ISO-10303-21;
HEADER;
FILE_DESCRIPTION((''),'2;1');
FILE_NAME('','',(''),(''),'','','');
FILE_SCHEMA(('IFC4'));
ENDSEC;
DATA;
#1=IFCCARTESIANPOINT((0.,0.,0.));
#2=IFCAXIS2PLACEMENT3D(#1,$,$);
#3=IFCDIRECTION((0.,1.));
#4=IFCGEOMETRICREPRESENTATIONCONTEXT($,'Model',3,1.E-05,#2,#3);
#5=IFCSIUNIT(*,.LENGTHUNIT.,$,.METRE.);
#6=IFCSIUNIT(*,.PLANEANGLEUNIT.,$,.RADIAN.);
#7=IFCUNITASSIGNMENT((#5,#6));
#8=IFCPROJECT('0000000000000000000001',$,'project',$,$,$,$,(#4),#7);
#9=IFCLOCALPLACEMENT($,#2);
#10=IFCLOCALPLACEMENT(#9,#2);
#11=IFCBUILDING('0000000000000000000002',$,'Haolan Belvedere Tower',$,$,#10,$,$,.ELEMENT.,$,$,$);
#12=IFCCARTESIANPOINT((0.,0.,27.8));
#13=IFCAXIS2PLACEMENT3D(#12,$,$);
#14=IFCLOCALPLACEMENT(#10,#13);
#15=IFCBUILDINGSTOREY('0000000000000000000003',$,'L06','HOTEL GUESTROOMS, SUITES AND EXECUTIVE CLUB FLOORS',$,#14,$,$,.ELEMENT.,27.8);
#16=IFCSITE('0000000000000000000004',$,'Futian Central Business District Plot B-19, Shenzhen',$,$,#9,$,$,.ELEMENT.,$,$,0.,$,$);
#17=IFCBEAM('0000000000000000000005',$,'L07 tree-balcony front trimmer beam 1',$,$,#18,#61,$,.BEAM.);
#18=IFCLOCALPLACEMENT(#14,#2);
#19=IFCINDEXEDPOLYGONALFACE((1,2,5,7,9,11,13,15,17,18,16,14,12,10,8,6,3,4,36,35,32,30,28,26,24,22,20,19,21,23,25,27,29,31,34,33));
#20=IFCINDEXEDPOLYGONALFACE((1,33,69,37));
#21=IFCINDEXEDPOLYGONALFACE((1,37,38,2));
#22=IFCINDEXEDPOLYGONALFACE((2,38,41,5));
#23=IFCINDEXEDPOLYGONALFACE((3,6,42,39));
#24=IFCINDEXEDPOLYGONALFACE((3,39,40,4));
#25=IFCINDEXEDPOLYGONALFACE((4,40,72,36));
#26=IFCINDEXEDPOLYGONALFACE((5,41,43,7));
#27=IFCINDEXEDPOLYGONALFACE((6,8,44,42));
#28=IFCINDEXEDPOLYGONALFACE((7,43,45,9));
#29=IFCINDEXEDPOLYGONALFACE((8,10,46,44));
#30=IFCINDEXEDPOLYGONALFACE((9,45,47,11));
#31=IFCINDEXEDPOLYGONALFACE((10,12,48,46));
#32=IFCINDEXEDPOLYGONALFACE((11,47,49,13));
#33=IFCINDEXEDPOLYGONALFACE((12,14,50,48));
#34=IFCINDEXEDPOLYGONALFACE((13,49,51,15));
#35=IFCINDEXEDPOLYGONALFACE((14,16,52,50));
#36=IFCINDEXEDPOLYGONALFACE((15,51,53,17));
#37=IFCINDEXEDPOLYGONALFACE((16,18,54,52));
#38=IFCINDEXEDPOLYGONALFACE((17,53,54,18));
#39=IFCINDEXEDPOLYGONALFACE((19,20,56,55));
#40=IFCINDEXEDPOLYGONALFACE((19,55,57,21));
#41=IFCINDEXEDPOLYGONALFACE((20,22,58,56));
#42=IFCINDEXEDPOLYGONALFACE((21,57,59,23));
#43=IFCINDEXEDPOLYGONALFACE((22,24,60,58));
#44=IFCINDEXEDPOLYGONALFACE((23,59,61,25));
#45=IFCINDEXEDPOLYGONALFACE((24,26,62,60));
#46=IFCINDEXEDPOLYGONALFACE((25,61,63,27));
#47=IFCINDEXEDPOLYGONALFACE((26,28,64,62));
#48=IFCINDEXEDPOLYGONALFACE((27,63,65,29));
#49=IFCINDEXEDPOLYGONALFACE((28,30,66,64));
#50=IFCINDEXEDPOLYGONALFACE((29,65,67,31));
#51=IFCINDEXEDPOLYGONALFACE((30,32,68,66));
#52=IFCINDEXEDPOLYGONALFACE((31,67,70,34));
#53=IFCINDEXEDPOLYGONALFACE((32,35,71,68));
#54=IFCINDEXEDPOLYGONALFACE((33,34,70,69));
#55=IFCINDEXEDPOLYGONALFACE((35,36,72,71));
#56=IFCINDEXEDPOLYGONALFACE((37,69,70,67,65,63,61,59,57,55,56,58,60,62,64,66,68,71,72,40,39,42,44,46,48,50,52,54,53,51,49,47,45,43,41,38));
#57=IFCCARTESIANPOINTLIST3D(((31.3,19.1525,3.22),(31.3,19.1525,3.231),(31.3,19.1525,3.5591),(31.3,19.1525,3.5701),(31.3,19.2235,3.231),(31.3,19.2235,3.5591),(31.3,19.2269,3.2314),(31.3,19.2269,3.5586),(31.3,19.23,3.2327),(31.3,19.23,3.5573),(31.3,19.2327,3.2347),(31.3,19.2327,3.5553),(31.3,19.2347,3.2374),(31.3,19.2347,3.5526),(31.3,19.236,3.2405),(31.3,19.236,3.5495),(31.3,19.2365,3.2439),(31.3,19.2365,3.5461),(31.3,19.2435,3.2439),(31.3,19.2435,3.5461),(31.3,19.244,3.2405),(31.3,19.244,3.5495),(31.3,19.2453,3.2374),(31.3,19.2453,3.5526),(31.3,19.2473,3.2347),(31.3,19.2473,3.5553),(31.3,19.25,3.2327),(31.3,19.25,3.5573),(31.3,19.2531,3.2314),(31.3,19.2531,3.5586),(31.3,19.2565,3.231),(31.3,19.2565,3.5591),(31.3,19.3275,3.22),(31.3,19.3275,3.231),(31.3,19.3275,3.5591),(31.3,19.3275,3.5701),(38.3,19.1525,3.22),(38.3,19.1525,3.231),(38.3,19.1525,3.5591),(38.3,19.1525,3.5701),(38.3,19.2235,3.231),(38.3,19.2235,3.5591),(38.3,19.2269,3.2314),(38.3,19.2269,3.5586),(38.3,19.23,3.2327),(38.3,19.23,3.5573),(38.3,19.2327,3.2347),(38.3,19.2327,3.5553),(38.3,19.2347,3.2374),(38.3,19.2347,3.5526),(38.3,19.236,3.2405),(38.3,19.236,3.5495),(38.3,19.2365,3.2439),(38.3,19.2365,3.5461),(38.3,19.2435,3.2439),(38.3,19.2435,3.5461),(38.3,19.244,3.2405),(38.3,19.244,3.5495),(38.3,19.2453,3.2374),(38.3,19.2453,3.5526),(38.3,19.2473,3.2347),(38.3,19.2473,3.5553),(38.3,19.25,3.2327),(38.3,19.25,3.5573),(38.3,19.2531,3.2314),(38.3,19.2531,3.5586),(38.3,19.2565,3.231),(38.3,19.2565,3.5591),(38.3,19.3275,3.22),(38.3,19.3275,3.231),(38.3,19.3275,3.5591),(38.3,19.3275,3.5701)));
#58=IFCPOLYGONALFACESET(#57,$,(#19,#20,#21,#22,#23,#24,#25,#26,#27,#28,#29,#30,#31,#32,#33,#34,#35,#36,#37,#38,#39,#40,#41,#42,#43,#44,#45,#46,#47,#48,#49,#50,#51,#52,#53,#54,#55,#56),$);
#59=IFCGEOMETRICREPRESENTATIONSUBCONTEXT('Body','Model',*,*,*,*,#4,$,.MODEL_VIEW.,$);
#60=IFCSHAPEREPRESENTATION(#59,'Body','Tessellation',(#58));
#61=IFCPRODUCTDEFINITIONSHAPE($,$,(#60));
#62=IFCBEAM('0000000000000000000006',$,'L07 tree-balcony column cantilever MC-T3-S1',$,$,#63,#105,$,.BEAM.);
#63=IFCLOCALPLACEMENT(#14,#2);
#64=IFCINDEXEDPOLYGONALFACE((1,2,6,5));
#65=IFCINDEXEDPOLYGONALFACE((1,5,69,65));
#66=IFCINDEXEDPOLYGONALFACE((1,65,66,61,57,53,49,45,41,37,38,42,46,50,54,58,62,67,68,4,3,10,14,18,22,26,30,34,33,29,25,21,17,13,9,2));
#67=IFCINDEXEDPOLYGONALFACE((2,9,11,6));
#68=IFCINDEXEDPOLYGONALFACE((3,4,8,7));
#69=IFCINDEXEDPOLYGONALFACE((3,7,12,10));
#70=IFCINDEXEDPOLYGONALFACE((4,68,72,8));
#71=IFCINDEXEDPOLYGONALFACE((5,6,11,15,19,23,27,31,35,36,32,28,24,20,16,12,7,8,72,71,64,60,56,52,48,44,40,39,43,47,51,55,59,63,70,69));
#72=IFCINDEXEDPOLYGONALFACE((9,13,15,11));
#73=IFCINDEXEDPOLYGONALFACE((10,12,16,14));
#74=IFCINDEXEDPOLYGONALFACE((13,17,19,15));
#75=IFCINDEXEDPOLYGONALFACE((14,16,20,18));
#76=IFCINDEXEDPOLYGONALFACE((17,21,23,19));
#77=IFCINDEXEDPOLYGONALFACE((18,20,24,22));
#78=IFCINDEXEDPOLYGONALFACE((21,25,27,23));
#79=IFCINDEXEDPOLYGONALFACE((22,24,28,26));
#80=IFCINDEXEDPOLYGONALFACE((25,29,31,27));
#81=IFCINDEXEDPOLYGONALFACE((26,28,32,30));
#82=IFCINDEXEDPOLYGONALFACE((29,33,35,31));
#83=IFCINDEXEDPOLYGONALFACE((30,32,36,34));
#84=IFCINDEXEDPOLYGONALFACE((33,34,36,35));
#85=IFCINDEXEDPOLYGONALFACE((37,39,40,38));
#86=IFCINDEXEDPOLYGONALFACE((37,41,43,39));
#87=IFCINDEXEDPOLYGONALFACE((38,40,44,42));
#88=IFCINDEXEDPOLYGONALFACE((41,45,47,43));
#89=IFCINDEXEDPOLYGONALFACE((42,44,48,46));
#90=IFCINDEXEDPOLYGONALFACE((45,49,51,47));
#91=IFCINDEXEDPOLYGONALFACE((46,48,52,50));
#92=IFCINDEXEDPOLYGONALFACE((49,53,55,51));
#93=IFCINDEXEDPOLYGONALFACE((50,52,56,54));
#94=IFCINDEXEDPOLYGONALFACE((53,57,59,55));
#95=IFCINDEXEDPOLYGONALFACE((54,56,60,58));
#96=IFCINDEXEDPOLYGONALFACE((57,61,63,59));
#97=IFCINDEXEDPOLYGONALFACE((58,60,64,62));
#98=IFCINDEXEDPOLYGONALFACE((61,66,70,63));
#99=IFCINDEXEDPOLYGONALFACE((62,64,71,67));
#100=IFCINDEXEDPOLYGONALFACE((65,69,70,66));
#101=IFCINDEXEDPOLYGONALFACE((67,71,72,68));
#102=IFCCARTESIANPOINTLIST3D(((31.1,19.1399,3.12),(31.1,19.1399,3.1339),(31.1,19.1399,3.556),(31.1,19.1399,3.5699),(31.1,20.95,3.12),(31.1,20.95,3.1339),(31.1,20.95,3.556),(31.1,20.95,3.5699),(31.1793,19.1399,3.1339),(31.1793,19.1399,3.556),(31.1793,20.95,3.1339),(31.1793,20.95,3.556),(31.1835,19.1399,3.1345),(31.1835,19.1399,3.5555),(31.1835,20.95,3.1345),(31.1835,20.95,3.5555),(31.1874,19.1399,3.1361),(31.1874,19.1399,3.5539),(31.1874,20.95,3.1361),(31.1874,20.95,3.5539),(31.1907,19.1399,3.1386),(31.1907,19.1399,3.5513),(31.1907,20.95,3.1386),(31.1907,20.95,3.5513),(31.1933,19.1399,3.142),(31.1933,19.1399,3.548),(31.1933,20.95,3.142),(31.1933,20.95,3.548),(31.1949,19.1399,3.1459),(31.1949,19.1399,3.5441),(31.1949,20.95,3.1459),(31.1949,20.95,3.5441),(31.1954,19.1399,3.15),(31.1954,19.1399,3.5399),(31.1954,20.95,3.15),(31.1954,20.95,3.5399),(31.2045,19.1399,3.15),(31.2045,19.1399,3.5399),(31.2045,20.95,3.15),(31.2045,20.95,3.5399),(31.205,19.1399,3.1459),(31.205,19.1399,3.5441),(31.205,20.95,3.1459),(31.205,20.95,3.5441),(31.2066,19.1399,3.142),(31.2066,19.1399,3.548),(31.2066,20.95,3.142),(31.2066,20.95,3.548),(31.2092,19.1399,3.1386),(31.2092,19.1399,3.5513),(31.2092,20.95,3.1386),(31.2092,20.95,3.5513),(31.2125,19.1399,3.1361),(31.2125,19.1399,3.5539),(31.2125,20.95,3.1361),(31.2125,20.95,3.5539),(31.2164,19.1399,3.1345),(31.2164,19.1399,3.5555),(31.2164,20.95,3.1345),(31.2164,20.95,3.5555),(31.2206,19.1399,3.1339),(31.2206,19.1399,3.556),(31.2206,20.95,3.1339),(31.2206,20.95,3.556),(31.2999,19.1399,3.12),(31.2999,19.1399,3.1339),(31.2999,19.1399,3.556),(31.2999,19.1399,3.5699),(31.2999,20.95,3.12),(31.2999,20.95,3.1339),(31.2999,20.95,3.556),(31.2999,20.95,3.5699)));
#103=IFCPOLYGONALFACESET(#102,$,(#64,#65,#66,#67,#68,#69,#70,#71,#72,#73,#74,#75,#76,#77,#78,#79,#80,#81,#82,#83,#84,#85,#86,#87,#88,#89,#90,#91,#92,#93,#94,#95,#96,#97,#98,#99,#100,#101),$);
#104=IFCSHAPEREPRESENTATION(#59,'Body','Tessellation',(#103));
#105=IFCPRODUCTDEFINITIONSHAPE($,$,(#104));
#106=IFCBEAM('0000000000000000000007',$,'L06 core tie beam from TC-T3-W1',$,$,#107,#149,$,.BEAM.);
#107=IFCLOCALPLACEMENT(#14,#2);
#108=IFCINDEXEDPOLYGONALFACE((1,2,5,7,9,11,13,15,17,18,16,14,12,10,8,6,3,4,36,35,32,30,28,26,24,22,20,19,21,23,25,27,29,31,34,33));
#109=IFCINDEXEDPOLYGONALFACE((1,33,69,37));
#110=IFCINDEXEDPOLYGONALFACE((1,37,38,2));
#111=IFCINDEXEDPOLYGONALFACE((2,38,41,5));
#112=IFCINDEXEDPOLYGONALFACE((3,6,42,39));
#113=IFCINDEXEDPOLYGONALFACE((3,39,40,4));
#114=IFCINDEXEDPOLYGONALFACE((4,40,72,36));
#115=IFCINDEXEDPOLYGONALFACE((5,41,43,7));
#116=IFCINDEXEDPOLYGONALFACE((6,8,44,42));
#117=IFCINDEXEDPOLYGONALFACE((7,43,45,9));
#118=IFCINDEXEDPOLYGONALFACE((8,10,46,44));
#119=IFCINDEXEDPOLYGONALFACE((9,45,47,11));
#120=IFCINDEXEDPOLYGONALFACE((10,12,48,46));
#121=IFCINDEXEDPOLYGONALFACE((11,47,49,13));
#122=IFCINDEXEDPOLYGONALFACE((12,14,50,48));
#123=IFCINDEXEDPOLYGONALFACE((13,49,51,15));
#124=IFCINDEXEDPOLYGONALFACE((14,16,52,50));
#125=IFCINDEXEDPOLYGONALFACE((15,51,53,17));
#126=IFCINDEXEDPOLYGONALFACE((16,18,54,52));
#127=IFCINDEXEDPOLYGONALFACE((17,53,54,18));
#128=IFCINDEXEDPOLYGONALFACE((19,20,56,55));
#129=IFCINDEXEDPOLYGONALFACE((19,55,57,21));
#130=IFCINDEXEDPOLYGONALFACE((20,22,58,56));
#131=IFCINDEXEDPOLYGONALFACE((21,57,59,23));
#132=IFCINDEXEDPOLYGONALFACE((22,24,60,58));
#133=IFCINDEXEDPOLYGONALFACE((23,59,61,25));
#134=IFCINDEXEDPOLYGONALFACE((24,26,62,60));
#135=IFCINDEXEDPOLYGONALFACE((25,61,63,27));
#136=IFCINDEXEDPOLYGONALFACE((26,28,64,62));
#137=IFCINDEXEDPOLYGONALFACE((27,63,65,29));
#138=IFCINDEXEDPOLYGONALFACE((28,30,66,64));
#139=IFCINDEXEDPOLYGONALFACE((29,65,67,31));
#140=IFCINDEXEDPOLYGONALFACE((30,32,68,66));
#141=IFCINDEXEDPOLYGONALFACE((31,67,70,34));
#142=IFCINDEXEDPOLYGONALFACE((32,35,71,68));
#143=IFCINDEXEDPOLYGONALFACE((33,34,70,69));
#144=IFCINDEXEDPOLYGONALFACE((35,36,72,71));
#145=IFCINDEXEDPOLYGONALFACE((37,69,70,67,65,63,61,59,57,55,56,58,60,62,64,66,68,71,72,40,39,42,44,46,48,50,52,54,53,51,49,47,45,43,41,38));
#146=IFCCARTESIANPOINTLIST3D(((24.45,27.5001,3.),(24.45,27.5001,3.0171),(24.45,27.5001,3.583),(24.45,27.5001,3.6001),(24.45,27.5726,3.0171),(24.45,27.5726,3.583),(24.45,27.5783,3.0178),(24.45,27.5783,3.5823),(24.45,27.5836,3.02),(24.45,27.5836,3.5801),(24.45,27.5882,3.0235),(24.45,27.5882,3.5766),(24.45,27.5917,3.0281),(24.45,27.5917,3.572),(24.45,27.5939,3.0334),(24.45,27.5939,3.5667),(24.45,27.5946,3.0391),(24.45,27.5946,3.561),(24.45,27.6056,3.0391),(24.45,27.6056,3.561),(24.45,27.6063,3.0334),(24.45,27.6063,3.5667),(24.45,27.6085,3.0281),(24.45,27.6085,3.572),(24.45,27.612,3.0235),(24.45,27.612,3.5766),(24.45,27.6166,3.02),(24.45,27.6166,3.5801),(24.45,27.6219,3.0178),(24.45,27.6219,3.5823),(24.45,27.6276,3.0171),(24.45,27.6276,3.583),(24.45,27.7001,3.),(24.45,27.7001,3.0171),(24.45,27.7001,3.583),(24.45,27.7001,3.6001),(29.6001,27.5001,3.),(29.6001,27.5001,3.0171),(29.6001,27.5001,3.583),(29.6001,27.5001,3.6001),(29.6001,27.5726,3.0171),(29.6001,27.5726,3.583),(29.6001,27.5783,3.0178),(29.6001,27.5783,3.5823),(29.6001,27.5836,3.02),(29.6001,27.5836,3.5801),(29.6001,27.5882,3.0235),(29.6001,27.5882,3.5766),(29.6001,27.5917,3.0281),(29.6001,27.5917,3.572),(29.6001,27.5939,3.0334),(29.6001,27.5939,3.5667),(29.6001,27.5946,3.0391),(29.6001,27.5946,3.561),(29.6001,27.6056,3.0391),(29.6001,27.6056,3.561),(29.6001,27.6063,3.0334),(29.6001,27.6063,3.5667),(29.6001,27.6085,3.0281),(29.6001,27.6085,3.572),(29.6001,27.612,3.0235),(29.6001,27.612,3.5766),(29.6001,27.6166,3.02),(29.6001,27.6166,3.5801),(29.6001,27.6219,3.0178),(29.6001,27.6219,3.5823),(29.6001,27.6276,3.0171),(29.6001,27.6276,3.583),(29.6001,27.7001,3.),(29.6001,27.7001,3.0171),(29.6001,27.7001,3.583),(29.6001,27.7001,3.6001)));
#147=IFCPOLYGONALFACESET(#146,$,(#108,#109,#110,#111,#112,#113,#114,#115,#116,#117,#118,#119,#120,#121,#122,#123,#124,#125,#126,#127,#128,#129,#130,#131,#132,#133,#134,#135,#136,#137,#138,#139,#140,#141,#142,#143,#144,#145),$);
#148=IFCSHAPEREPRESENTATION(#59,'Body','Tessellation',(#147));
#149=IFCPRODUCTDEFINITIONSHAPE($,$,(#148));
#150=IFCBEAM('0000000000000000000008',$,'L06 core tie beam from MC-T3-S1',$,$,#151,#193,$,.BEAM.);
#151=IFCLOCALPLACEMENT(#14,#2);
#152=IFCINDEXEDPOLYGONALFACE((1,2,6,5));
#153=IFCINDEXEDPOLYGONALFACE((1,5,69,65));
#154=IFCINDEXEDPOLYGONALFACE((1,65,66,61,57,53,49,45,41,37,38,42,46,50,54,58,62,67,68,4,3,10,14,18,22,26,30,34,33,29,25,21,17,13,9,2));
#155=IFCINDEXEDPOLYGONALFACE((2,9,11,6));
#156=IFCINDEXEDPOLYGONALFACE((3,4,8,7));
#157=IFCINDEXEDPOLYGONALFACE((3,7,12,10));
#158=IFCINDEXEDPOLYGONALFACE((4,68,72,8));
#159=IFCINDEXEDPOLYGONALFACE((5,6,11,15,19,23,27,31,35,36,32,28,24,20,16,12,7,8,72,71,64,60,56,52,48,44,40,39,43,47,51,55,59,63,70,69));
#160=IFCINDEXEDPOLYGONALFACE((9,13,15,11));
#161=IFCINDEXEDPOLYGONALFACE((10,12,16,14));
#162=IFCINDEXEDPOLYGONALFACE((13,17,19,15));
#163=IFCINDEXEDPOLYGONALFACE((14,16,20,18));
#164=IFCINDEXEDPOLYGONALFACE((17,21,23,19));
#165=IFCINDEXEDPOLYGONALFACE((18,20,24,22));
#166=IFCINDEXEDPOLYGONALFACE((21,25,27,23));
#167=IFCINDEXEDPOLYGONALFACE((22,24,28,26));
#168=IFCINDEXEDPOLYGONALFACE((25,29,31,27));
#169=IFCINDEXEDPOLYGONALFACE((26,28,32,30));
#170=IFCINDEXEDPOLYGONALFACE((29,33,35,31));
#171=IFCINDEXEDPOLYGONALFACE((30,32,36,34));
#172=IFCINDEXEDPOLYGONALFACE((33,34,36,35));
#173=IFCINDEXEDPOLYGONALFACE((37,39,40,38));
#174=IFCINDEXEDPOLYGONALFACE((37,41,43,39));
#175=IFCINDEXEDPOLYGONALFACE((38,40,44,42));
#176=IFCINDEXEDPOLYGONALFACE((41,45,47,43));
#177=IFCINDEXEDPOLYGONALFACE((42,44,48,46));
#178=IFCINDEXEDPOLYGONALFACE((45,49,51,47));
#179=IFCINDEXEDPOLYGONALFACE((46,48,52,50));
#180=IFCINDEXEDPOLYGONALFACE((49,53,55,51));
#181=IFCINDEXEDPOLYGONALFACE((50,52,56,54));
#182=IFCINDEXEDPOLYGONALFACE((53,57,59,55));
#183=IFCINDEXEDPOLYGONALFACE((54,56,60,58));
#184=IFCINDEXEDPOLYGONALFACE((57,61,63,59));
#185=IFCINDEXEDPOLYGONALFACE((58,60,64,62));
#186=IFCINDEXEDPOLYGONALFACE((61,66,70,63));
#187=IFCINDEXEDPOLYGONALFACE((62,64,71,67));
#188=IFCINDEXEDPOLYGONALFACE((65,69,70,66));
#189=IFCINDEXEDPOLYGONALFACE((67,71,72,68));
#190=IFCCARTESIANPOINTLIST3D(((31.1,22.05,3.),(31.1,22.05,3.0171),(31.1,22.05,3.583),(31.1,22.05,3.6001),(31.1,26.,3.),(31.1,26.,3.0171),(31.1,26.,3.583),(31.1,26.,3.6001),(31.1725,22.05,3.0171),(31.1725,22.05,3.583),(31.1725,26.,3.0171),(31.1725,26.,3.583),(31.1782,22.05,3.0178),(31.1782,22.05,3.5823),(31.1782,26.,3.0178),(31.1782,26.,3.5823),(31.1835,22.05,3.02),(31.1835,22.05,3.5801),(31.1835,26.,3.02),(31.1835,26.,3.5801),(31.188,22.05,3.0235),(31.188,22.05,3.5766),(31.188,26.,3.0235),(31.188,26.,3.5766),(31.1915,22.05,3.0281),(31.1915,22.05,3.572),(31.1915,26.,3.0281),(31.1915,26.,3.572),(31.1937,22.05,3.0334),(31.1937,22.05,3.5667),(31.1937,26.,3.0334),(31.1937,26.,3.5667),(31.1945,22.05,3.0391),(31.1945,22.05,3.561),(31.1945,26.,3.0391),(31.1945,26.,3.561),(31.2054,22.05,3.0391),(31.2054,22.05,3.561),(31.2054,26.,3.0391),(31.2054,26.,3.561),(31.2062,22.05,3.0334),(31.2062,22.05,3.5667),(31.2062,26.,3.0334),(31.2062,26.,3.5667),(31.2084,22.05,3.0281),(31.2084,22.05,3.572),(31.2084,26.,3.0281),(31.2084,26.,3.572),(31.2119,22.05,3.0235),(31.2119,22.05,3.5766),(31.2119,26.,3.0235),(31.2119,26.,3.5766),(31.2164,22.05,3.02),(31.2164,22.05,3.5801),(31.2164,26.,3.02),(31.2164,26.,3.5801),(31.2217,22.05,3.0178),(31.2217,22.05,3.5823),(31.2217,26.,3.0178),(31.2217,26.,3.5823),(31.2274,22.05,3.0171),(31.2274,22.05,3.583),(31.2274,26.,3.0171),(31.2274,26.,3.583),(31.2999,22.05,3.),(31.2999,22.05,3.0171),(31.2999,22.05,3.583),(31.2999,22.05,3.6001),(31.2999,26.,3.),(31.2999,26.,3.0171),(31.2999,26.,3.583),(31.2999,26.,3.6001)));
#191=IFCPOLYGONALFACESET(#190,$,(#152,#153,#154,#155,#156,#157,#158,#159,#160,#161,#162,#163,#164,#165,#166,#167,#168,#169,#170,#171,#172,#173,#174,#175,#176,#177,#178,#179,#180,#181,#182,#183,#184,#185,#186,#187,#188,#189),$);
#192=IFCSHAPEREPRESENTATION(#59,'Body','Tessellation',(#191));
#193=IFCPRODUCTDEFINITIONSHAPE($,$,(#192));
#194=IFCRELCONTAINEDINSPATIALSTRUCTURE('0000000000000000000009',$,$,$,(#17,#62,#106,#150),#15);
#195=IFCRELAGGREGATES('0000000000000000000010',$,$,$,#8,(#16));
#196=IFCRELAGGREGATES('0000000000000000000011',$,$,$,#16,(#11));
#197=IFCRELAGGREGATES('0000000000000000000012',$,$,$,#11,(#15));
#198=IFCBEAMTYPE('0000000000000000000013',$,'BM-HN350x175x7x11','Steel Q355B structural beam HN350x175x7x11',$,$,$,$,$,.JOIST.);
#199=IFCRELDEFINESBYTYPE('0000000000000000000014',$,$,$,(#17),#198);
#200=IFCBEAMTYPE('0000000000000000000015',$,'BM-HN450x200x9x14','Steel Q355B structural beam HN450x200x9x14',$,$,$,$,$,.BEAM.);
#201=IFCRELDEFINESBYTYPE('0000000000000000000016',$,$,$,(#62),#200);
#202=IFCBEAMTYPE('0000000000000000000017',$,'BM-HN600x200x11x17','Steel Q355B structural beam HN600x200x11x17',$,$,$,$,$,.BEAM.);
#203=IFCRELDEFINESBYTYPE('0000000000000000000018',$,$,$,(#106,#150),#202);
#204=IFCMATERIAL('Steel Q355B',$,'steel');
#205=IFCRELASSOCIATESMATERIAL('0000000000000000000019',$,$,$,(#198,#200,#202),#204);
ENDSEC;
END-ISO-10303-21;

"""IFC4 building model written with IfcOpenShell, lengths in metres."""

from ifc_helpers import new_model, si_unit, direction, frame, origin, origin_2d, place, context, subcontext, project, spatial, i_section, extrude, material, material_profile, profile_set, type_object, element, save


model = new_model("IFC4")

# Units and contexts
model_context = context("Model", 3, precision=1e-05, world=origin(), true_north=direction((0.0, 1.0)))
body_context = subcontext(model_context, "Body", "Model", "MODEL_VIEW")
ifc_project = project(units=[si_unit("LENGTHUNIT", "METRE"), si_unit("PLANEANGLEUNIT", "RADIAN")], contexts=[model_context])

# Site, building, storey
site_placement = place(None, origin())
site = spatial("IfcSite", under=ifc_project, at=site_placement, Name="Futian Central Business District Plot B-19, Shenzhen", CompositionType="ELEMENT", RefElevation=0.0)
building_placement = place(site_placement, origin())
building = spatial("IfcBuilding", under=site, at=building_placement, Name="Haolan Belvedere Tower", CompositionType="ELEMENT")
storey_placement = place(building_placement, frame((0.0, 0.0, 27.8)))
storey = spatial("IfcBuildingStorey", under=building, at=storey_placement, Name="L06", Description="HOTEL GUESTROOMS, SUITES AND EXECUTIVE CLUB FLOORS", CompositionType="ELEMENT", Elevation=27.8)

# Shared definitions
ifc_material_1 = material(Name="Steel Q355B", Category="steel")

# Beams
ifc_material_profile_1 = material_profile(ifc_material_1, i_section(OverallWidth=0.175, OverallDepth=0.3501, WebThickness=0.0071, FlangeThickness=0.011, FilletRadius=0.0129, at=origin_2d()), Name="Steel Q355B")
ifc_profile_set_1 = profile_set([ifc_material_profile_1], Name="Steel Q355B")
beam_type_1 = type_object("IfcBeamType", Name="BM-HN350x175x7x11", Description="Steel Q355B structural beam HN350x175x7x11", PredefinedType="JOIST", material=ifc_profile_set_1)
beam_1_placement = place(storey_placement, frame((31.3, 19.24, 3.395), z_axis=(1.0, 0.0, 0.0), x_axis=(0.0, 1.0, 0.0)))
element("IfcBeam", 1, at=beam_1_placement, inside=storey, type_object=beam_type_1, Name="L07 tree-balcony front trimmer beam 1", PredefinedType="BEAM", context=body_context, shape_type="SweptSolid", body=[
    extrude(i_section(OverallWidth=0.175, OverallDepth=0.3501, WebThickness=0.0071, FlangeThickness=0.011, FilletRadius=0.0129, at=origin_2d()), origin(), (0.0, 0.0, 1.0), 7.0),
])
ifc_material_profile_2 = material_profile(ifc_material_1, i_section(OverallWidth=0.2, OverallDepth=0.45, WebThickness=0.009, FlangeThickness=0.0139, FilletRadius=0.0161, at=origin_2d()), Name="Steel Q355B")
ifc_profile_set_2 = profile_set([ifc_material_profile_2], Name="Steel Q355B")
beam_type_2 = type_object("IfcBeamType", Name="BM-HN450x200x9x14", Description="Steel Q355B structural beam HN450x200x9x14", PredefinedType="BEAM", material=ifc_profile_set_2)
beam_2_placement = place(storey_placement, frame((31.2, 20.95, 3.345), z_axis=(0.0, -1.0, 0.0), x_axis=(1.0, 0.0, 0.0)))
element("IfcBeam", 2, at=beam_2_placement, inside=storey, type_object=beam_type_2, Name="L07 tree-balcony column cantilever MC-T3-S1", PredefinedType="BEAM", context=body_context, shape_type="SweptSolid", body=[
    extrude(i_section(OverallWidth=0.2, OverallDepth=0.45, WebThickness=0.009, FlangeThickness=0.0139, FilletRadius=0.0161, at=origin_2d()), origin(), (0.0, 0.0, 1.0), 1.8101),
])
ifc_material_profile_3 = material_profile(ifc_material_1, i_section(OverallWidth=0.2, OverallDepth=0.6001, WebThickness=0.011, FlangeThickness=0.0171, FilletRadius=0.022, at=origin_2d()), Name="Steel Q355B")
ifc_profile_set_3 = profile_set([ifc_material_profile_3], Name="Steel Q355B")
beam_type_3 = type_object("IfcBeamType", Name="BM-HN600x200x11x17", Description="Steel Q355B structural beam HN600x200x11x17", PredefinedType="BEAM", material=ifc_profile_set_3)
beam_3_placement = place(storey_placement, frame((24.45, 27.6001, 3.3), z_axis=(1.0, 0.0, 0.0), x_axis=(0.0, 1.0, 0.0)))
element("IfcBeam", 3, at=beam_3_placement, inside=storey, type_object=beam_type_3, Name="L06 core tie beam from TC-T3-W1", PredefinedType="BEAM", context=body_context, shape_type="SweptSolid", body=[
    extrude(i_section(OverallWidth=0.2, OverallDepth=0.6001, WebThickness=0.011, FlangeThickness=0.0171, FilletRadius=0.022, at=origin_2d()), origin(), (0.0, 0.0, 1.0), 5.1501),
])
beam_4_placement = place(storey_placement, frame((31.2, 22.05, 3.3), z_axis=(0.0, 1.0, 0.0), x_axis=(-1.0, 0.0, 0.0)))
element("IfcBeam", 4, at=beam_4_placement, inside=storey, type_object=beam_type_3, Name="L06 core tie beam from MC-T3-S1", PredefinedType="BEAM", context=body_context, shape_type="SweptSolid", body=[
    extrude(i_section(OverallWidth=0.2, OverallDepth=0.6001, WebThickness=0.011, FlangeThickness=0.0171, FilletRadius=0.022, at=origin_2d()), origin(), (0.0, 0.0, 1.0), 3.95),
])

save(model, "model.ifc")
